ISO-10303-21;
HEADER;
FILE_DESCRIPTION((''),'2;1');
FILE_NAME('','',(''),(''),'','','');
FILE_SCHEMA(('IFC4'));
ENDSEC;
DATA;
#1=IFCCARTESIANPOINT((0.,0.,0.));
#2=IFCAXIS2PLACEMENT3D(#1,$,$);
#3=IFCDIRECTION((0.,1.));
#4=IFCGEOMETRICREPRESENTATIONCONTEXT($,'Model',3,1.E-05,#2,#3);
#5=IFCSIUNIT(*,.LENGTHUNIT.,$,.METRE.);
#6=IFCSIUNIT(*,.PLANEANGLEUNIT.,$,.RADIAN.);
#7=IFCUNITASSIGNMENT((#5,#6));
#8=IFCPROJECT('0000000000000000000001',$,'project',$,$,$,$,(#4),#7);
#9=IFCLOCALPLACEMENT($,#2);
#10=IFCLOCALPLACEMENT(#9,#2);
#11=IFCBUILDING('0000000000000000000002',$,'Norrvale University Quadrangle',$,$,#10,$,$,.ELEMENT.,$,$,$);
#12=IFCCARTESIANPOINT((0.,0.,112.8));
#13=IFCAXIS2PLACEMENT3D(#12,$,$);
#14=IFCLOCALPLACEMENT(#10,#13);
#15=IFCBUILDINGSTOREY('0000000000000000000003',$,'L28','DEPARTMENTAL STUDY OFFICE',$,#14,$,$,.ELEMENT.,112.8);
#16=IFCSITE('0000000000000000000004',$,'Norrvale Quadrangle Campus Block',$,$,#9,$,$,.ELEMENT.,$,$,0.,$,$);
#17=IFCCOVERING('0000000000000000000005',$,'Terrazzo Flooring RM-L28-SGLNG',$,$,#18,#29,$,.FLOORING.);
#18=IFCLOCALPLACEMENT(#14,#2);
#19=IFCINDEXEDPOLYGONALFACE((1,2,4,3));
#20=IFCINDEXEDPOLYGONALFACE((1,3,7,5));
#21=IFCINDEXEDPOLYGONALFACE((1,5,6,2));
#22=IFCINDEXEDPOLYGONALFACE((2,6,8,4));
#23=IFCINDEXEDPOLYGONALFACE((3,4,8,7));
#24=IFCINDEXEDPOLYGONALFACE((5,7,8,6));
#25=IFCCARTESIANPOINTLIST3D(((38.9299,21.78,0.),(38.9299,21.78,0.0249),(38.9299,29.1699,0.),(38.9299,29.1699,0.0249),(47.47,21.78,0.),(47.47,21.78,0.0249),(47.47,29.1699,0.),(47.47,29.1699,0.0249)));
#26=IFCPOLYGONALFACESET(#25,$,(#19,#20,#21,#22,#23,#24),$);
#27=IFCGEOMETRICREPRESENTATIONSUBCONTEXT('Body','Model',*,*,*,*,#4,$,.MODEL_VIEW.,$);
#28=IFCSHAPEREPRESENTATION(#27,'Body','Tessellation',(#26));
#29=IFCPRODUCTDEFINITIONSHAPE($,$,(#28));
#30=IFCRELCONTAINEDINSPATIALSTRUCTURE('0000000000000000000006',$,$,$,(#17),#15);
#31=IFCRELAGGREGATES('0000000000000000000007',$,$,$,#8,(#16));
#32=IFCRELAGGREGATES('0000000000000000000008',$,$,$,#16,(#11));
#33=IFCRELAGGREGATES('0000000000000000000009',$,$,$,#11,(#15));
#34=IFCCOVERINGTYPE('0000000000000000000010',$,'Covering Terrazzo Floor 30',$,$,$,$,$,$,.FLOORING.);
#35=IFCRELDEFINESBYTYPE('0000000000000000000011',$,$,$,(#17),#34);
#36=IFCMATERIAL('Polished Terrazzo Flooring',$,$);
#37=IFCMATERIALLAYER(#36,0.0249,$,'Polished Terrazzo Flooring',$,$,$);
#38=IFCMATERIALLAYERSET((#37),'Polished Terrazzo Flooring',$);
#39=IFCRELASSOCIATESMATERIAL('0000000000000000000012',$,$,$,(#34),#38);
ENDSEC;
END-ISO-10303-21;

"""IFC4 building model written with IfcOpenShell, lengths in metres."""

from ifc_helpers import new_model, si_unit, direction, frame, origin, place, context, subcontext, project, spatial, polyline, outline, extrude, material, layer, layer_set, type_object, element, save


model = new_model("IFC4")

# Units and contexts
model_context = context("Model", 3, precision=1e-05, world=origin(), true_north=direction((0.0, 1.0)))
body_context = subcontext(model_context, "Body", "Model", "MODEL_VIEW")
ifc_project = project(units=[si_unit("LENGTHUNIT", "METRE"), si_unit("PLANEANGLEUNIT", "RADIAN")], contexts=[model_context])

# Site, building, storey
site_placement = place(None, origin())
site = spatial("IfcSite", under=ifc_project, at=site_placement, Name="Norrvale Quadrangle Campus Block", CompositionType="ELEMENT", RefElevation=0.0)
building_placement = place(site_placement, origin())
building = spatial("IfcBuilding", under=site, at=building_placement, Name="Norrvale University Quadrangle", CompositionType="ELEMENT")
storey_placement = place(building_placement, frame((0.0, 0.0, 112.8)))
storey = spatial("IfcBuildingStorey", under=building, at=storey_placement, Name="L28", Description="DEPARTMENTAL STUDY OFFICE", CompositionType="ELEMENT", Elevation=112.8)

# Covering
ifc_material_1 = material(Name="Polished Terrazzo Flooring")
ifc_layer_1 = layer(ifc_material_1, 0.0249, Name="Polished Terrazzo Flooring")
ifc_layer_set_1 = layer_set([ifc_layer_1], Name="Polished Terrazzo Flooring")
covering_type_1 = type_object("IfcCoveringType", Name="Covering Terrazzo Floor 30", PredefinedType="FLOORING", material=ifc_layer_set_1)
covering_1_placement = place(storey_placement, origin())
element("IfcCovering", 1, at=covering_1_placement, inside=storey, type_object=covering_type_1, Name="Terrazzo Flooring RM-L28-SGLNG", PredefinedType="FLOORING", context=body_context, shape_type="SweptSolid", body=[
    extrude(outline(polyline([(38.9299, 21.78), (38.9299, 29.1699), (47.47, 29.1699), (47.47, 21.78), (38.9299, 21.78)])), origin(), (0.0, 0.0, 1.0), 0.0249),
])

save(model, "model.ifc")
